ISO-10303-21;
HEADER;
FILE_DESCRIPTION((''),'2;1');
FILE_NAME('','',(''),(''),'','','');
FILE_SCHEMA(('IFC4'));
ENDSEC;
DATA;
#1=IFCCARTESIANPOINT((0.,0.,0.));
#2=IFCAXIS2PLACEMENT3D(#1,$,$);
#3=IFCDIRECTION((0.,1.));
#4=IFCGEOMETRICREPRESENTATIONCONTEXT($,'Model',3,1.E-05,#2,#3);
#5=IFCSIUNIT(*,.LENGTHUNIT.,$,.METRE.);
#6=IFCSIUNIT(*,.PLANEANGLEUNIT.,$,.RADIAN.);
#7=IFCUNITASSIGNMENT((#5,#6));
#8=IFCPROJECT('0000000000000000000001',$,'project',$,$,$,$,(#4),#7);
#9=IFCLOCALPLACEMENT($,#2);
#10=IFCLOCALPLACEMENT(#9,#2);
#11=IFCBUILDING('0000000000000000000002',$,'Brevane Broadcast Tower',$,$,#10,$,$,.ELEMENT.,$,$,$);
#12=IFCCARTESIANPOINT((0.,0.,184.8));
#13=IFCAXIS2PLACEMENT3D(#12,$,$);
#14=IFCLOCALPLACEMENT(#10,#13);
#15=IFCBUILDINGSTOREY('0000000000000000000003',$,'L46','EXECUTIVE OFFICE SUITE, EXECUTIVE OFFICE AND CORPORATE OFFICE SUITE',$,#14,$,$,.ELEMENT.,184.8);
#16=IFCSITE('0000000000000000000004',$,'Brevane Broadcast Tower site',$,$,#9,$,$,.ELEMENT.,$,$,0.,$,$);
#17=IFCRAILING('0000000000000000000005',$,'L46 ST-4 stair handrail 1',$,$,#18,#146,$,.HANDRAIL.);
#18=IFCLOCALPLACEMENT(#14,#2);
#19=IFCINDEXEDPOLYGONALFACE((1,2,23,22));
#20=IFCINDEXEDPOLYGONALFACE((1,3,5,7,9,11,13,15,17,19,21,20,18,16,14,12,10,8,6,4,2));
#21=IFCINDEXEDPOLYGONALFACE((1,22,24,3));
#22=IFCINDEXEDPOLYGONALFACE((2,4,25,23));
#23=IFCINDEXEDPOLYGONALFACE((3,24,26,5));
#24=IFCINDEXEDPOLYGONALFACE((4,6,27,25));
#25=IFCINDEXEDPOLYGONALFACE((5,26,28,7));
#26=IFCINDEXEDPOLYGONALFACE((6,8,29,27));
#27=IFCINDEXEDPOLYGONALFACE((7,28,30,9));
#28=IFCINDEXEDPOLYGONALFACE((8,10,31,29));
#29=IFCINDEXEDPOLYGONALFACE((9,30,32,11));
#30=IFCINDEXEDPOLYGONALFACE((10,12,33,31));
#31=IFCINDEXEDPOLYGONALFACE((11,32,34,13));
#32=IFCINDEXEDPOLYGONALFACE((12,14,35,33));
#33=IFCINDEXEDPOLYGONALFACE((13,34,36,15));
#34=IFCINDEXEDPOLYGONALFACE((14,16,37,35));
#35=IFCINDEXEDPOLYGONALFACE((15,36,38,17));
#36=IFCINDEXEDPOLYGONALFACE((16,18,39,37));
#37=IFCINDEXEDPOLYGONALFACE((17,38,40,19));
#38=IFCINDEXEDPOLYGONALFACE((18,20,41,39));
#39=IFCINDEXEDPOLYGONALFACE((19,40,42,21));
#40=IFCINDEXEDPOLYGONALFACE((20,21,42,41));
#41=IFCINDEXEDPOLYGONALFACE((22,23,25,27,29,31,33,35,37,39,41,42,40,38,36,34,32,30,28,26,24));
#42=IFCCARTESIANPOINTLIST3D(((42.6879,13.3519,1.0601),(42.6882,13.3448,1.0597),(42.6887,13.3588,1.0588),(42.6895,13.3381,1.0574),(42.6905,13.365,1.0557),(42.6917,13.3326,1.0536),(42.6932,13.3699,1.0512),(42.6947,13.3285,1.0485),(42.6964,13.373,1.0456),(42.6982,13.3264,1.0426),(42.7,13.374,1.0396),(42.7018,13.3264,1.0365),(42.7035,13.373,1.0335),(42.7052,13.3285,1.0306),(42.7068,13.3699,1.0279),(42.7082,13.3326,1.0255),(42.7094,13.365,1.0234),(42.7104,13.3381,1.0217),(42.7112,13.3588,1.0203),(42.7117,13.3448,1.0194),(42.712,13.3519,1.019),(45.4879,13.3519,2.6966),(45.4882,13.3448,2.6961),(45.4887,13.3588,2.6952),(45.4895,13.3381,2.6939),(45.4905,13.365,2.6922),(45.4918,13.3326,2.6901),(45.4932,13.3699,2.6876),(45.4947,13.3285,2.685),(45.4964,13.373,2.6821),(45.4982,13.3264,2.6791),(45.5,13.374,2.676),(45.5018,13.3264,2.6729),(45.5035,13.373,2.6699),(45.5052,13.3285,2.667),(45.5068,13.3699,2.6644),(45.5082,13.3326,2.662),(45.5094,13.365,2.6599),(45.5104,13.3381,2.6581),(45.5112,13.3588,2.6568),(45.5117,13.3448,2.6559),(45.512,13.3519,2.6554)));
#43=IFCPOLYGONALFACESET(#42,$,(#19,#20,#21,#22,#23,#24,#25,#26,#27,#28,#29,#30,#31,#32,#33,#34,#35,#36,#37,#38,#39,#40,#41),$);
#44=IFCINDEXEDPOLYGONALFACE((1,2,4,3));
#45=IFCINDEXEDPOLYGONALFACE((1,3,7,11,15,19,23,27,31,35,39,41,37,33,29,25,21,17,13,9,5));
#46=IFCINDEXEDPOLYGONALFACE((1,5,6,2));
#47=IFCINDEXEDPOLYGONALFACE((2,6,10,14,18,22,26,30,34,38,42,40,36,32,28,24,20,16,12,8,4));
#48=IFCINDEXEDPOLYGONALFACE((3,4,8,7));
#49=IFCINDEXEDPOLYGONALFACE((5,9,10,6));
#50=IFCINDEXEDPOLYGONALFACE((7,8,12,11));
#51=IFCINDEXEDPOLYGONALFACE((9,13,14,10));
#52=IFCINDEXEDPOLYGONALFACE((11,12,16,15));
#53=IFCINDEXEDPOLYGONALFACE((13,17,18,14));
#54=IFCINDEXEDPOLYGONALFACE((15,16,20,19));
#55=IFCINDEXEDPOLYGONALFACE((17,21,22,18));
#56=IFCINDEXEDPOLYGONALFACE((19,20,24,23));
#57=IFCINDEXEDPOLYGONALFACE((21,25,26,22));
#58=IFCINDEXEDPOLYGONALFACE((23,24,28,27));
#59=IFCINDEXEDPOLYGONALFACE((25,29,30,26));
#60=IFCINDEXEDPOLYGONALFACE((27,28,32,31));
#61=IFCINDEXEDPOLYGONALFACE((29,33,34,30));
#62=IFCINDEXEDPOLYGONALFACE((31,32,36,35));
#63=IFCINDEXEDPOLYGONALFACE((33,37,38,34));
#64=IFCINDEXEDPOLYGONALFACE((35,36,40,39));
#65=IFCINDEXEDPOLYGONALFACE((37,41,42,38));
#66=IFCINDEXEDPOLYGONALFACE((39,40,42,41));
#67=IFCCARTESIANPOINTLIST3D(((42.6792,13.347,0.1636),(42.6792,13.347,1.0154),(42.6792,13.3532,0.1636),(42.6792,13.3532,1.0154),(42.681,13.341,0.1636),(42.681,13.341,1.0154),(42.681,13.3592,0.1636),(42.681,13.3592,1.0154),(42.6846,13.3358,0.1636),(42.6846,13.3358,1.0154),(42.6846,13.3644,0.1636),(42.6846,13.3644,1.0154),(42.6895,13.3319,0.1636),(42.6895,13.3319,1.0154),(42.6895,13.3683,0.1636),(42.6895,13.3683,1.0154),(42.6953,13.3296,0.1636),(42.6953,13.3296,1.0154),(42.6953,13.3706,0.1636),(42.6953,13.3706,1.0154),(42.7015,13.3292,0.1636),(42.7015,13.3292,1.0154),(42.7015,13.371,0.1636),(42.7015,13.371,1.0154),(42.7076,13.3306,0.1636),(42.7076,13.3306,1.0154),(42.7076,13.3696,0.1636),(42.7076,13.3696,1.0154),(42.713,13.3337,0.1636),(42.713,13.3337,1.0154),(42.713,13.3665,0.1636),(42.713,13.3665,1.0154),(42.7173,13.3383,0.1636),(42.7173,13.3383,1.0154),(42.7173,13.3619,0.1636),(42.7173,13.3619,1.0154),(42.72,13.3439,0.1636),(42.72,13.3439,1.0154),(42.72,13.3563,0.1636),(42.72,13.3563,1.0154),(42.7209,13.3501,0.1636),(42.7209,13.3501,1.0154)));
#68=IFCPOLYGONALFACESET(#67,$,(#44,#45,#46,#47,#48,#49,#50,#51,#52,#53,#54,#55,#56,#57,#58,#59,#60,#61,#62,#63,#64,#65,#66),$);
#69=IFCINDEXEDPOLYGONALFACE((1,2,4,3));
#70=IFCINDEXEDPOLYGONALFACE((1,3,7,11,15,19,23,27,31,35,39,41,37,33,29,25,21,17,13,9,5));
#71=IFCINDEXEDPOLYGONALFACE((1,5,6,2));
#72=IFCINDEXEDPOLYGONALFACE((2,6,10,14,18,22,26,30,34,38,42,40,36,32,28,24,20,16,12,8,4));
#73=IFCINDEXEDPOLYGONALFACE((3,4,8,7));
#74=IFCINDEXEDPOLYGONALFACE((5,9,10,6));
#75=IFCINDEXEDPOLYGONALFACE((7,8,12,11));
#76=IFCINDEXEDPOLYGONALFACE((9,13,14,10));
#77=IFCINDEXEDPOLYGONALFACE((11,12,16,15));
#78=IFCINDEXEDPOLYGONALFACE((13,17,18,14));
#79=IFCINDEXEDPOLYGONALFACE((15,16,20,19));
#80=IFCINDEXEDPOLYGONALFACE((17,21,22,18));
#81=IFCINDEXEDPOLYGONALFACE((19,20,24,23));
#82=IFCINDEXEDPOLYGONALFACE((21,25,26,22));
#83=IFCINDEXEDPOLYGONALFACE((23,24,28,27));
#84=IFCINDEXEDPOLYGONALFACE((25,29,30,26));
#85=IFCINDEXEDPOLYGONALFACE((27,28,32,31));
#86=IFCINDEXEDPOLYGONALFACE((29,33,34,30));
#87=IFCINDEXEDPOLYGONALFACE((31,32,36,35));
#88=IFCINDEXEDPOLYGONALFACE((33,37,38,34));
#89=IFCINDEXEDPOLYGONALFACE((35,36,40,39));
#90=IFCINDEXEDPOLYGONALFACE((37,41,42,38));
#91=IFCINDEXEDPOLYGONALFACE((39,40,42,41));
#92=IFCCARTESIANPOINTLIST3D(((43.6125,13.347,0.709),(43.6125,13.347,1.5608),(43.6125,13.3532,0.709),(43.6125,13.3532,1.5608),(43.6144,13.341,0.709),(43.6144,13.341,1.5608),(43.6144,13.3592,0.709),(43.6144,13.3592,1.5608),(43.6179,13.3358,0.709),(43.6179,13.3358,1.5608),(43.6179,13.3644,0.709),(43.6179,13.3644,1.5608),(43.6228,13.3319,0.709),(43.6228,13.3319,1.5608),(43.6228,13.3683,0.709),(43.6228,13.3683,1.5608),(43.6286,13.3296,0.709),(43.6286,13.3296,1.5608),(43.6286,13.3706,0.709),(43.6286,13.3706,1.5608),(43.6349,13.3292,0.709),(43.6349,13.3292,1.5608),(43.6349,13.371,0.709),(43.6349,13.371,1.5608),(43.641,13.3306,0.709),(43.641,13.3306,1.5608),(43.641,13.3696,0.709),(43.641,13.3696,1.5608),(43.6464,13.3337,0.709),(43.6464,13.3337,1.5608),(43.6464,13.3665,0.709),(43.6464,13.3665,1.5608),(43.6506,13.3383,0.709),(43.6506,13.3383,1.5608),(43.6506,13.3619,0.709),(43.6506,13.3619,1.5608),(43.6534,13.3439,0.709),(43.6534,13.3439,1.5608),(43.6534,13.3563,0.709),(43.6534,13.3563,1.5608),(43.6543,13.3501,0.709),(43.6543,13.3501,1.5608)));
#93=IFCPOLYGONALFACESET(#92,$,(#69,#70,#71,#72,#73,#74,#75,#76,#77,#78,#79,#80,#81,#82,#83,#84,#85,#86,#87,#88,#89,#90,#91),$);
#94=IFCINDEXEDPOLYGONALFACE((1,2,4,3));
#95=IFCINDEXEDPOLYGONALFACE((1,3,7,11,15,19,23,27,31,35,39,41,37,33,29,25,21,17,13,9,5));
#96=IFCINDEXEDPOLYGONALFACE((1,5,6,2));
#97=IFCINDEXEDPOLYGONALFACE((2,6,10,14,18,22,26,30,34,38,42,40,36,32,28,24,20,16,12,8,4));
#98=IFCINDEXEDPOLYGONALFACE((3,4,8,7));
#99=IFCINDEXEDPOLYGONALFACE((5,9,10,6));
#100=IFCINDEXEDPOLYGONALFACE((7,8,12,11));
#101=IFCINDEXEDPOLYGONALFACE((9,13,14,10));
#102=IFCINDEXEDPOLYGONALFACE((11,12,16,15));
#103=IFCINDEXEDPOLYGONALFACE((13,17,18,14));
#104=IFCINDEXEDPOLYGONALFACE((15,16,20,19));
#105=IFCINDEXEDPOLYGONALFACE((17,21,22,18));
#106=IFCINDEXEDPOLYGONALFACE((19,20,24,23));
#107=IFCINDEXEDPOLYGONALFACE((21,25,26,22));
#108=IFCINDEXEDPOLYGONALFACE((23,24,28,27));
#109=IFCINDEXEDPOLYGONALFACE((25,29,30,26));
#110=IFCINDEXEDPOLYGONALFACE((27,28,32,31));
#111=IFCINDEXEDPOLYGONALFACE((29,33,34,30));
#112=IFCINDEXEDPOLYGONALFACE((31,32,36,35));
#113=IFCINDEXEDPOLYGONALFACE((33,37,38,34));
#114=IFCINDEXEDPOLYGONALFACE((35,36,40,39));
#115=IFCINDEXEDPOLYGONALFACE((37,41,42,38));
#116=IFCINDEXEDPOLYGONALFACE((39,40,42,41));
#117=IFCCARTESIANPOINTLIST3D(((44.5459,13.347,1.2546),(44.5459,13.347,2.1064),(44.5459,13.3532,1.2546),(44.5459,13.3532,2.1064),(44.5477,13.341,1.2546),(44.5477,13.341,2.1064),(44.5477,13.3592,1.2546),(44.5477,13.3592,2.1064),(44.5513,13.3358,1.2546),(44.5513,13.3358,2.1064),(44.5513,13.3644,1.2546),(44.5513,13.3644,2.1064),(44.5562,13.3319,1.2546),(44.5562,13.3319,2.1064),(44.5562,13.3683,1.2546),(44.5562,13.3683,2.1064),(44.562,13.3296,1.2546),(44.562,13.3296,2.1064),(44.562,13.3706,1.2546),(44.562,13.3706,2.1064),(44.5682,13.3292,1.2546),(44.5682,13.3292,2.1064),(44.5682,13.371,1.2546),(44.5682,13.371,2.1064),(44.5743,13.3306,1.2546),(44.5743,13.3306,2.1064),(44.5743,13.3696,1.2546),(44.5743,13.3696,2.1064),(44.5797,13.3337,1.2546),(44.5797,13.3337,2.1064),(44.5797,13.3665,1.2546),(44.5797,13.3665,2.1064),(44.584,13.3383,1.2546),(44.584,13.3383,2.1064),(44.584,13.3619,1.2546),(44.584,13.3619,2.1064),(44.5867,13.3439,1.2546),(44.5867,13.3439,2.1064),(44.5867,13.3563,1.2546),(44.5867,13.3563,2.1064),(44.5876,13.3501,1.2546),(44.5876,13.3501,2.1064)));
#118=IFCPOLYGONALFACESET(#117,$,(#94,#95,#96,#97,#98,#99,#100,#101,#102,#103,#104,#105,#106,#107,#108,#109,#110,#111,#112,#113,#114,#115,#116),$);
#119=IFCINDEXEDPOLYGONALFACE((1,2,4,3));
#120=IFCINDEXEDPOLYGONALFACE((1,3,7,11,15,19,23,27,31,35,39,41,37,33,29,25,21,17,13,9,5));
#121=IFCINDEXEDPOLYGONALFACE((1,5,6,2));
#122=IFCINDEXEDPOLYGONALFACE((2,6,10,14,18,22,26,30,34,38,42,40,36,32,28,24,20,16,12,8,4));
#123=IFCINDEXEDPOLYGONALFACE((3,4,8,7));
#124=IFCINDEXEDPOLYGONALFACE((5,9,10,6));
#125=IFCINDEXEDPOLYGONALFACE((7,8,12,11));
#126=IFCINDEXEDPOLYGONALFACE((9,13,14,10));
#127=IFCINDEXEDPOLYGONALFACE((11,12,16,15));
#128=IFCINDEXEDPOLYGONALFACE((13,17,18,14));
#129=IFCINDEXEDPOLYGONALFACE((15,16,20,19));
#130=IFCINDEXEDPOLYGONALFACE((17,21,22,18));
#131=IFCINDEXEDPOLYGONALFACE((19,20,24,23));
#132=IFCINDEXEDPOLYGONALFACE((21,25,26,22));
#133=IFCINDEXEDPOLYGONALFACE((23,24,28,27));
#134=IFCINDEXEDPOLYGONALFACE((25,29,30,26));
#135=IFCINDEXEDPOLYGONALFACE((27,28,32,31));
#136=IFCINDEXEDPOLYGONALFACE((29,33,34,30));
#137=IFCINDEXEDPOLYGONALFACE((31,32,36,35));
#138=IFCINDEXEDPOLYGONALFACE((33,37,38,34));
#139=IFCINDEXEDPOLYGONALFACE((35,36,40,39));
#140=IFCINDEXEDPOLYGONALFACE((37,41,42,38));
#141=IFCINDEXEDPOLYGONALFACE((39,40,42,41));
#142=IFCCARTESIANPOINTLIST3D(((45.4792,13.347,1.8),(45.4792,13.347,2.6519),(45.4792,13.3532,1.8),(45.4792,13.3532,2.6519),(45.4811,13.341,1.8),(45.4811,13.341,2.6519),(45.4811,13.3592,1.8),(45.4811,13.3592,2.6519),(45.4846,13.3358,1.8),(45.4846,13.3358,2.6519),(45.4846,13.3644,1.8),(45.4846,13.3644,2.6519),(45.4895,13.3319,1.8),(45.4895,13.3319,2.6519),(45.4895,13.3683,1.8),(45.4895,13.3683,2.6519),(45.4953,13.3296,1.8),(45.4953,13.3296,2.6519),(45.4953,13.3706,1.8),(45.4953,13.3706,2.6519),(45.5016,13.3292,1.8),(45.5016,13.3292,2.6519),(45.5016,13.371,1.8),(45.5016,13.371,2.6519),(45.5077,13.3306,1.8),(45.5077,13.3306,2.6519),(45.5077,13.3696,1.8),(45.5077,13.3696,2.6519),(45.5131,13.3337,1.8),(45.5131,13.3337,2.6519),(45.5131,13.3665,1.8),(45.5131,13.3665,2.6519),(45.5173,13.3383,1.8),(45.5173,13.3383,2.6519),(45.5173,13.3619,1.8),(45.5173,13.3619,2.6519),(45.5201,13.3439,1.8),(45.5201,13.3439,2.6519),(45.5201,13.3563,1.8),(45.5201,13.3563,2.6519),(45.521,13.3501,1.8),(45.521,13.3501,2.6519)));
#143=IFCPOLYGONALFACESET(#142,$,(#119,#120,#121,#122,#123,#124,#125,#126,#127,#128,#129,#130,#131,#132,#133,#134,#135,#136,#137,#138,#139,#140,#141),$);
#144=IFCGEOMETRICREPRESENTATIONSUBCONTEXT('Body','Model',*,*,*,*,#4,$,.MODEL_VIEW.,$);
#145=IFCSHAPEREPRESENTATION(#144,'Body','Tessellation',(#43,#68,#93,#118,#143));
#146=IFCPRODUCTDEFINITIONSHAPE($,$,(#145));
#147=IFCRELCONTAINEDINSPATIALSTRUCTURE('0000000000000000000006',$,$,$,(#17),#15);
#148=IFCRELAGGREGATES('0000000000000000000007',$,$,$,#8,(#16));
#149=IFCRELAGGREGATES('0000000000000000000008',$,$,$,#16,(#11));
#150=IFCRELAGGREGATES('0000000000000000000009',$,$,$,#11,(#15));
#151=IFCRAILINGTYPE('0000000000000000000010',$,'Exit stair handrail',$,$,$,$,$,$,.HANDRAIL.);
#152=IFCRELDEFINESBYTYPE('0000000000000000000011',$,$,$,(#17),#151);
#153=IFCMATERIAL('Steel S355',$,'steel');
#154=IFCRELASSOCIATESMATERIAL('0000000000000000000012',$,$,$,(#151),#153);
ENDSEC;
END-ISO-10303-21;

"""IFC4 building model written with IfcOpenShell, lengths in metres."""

from ifc_helpers import new_model, si_unit, direction, frame, origin, origin_2d, place, context, subcontext, project, spatial, circle, extrude, material, type_object, element, save


model = new_model("IFC4")

# Units and contexts
model_context = context("Model", 3, precision=1e-05, world=origin(), true_north=direction((0.0, 1.0)))
body_context = subcontext(model_context, "Body", "Model", "MODEL_VIEW")
ifc_project = project(units=[si_unit("LENGTHUNIT", "METRE"), si_unit("PLANEANGLEUNIT", "RADIAN")], contexts=[model_context])

# Site, building, storey
site_placement = place(None, origin())
site = spatial("IfcSite", under=ifc_project, at=site_placement, Name="Brevane Broadcast Tower site", CompositionType="ELEMENT", RefElevation=0.0)
building_placement = place(site_placement, origin())
building = spatial("IfcBuilding", under=site, at=building_placement, Name="Brevane Broadcast Tower", CompositionType="ELEMENT")
storey_placement = place(building_placement, frame((0.0, 0.0, 184.8)))
storey = spatial("IfcBuildingStorey", under=building, at=storey_placement, Name="L46", Description="EXECUTIVE OFFICE SUITE, EXECUTIVE OFFICE AND CORPORATE OFFICE SUITE", CompositionType="ELEMENT", Elevation=184.8)

# Railing
ifc_material_1 = material(Name="Steel S355", Category="steel")
railing_type_1 = type_object("IfcRailingType", Name="Exit stair handrail", PredefinedType="HANDRAIL", material=ifc_material_1)
railing_1_placement = place(storey_placement, frame((42.7, 13.3501, 0.1636)))
element("IfcRailing", 1, at=railing_1_placement, inside=storey, type_object=railing_type_1, Name="L46 ST-4 stair handrail 1", PredefinedType="HANDRAIL", context=body_context, shape_type="SweptSolid", body=[
    extrude(circle(Radius=0.0239, at=origin_2d()), frame((0.0, 0.0, 0.876), z_axis=(0.863361, 0.0, 0.504587), x_axis=(0.0, 1.0, 0.0)), (0.0, 0.0, 1.0), 3.2432),
    extrude(circle(Radius=0.021, at=origin_2d()), origin(), (0.0, 0.0, 1.0), 0.8518),
    extrude(circle(Radius=0.021, at=origin_2d()), frame((0.9333, 0.0, 0.5454)), (0.0, 0.0, 1.0), 0.8518),
    extrude(circle(Radius=0.021, at=origin_2d()), frame((1.8667, 0.0, 1.0911)), (0.0, 0.0, 1.0), 0.8518),
    extrude(circle(Radius=0.021, at=origin_2d()), frame((2.8, 0.0, 1.6365)), (0.0, 0.0, 1.0), 0.8518),
])

save(model, "model.ifc")
